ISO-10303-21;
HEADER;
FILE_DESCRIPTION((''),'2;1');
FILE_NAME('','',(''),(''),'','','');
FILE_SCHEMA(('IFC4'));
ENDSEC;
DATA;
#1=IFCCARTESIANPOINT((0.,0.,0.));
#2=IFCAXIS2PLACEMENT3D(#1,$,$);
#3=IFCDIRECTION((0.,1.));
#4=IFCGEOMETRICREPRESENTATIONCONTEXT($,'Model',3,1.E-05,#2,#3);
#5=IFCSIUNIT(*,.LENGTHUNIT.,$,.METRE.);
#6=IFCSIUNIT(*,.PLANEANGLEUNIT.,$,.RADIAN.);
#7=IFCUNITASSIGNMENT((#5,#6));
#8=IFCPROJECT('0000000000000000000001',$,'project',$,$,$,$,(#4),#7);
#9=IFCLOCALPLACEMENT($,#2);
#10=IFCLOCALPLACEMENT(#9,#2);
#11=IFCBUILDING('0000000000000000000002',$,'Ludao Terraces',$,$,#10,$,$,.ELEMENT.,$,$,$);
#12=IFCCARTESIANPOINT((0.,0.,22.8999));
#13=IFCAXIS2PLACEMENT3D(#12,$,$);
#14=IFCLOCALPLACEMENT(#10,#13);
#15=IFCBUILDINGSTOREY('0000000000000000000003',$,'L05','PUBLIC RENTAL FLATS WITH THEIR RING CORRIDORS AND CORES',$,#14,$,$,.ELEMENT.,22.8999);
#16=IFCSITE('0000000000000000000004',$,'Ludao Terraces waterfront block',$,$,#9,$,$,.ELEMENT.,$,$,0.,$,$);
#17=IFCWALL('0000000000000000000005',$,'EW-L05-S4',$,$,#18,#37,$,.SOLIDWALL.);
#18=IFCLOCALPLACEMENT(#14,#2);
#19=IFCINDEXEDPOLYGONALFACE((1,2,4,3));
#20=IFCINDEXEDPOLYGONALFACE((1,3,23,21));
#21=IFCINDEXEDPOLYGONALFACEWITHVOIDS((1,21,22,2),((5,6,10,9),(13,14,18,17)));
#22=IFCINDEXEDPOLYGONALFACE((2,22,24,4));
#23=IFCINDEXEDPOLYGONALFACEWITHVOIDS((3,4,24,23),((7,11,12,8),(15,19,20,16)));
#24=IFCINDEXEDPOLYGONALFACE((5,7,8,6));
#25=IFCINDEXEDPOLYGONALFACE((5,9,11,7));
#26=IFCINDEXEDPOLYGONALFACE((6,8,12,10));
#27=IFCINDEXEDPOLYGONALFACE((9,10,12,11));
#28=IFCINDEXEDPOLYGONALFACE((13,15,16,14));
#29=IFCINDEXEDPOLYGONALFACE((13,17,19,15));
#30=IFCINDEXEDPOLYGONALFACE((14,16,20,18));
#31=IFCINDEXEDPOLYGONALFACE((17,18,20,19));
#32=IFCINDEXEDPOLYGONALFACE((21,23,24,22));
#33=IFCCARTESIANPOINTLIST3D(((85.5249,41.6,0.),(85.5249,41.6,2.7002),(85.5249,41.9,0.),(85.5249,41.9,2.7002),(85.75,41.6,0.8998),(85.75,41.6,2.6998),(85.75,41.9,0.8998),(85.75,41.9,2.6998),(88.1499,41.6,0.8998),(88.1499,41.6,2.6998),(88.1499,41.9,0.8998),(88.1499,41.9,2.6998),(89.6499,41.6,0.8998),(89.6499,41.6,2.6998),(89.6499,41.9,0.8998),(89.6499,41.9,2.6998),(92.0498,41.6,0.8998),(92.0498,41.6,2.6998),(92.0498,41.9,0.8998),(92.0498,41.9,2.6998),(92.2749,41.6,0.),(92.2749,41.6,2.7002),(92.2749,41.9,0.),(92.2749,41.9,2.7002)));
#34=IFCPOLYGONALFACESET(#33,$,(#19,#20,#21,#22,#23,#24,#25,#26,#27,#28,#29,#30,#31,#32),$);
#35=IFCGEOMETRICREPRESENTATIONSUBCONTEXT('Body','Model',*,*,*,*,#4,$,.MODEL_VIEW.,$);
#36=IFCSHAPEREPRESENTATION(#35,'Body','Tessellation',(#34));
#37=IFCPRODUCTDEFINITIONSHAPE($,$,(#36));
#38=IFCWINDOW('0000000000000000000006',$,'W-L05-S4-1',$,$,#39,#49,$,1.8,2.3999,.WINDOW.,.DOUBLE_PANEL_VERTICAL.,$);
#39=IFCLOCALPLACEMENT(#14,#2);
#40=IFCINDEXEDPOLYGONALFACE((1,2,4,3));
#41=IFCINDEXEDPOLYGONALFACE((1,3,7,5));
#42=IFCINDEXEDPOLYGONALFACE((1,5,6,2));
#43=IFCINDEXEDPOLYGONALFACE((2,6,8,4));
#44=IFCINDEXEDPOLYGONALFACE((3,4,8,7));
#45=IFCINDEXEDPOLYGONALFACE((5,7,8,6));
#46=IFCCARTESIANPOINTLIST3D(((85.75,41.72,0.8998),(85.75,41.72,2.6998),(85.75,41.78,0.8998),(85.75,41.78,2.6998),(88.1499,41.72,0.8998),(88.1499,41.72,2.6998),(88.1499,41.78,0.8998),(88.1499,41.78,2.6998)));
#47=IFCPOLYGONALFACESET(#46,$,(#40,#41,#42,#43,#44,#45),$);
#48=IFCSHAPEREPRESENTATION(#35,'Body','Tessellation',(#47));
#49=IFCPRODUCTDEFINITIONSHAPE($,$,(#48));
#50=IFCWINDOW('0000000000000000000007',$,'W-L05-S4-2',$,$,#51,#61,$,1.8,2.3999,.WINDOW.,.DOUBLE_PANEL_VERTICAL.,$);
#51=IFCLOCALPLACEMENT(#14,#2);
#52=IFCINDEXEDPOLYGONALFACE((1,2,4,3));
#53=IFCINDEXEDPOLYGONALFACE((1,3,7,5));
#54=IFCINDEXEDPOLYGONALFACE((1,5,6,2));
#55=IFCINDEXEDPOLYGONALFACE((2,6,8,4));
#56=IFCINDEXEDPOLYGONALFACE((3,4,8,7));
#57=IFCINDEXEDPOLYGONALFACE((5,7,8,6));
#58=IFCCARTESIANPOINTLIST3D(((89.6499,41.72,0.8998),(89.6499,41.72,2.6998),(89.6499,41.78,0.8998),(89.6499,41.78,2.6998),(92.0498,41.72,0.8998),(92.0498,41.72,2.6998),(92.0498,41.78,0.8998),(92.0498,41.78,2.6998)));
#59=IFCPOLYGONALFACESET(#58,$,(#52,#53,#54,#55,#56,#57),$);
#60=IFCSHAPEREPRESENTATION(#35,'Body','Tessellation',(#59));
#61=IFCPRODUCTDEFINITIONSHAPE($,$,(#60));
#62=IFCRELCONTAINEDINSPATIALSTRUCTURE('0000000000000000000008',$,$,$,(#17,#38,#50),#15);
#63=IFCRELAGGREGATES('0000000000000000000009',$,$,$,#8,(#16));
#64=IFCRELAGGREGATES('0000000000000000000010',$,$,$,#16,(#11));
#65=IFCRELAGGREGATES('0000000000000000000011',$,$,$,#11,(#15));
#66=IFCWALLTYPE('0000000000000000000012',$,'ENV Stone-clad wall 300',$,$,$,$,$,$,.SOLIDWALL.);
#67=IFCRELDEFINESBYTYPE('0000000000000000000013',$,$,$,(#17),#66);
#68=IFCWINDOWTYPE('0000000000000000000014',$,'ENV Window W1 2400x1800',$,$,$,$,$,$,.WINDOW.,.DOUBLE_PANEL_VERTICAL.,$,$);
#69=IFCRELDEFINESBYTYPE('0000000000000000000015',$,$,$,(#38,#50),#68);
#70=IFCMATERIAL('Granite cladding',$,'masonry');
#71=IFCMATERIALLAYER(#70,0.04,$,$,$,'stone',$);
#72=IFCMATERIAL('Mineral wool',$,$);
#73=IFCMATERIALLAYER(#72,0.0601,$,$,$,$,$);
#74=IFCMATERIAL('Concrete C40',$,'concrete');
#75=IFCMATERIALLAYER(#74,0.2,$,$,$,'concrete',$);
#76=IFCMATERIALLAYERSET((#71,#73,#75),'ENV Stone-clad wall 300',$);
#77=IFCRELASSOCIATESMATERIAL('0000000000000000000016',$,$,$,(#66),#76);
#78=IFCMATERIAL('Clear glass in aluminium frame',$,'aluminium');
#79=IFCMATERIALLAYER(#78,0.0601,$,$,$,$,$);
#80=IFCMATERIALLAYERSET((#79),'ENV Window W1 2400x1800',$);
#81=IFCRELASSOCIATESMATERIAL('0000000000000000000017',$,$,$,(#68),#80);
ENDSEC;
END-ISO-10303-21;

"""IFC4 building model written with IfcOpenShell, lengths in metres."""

from ifc_helpers import new_model, si_unit, direction, frame, frame_2d, origin, place, context, subcontext, project, spatial, rectangle, extrude, material, layer, layer_set, type_object, element, fill, save


model = new_model("IFC4")

# Units and contexts
model_context = context("Model", 3, precision=1e-05, world=origin(), true_north=direction((0.0, 1.0)))
body_context = subcontext(model_context, "Body", "Model", "MODEL_VIEW")
ifc_project = project(units=[si_unit("LENGTHUNIT", "METRE"), si_unit("PLANEANGLEUNIT", "RADIAN")], contexts=[model_context])

# Site, building, storey
site_placement = place(None, origin())
site = spatial("IfcSite", under=ifc_project, at=site_placement, Name="Ludao Terraces waterfront block", CompositionType="ELEMENT", RefElevation=0.0)
building_placement = place(site_placement, origin())
building = spatial("IfcBuilding", under=site, at=building_placement, Name="Ludao Terraces", CompositionType="ELEMENT")
storey_placement = place(building_placement, frame((0.0, 0.0, 22.8999)))
storey = spatial("IfcBuildingStorey", under=building, at=storey_placement, Name="L05", Description="PUBLIC RENTAL FLATS WITH THEIR RING CORRIDORS AND CORES", CompositionType="ELEMENT", Elevation=22.8999)

# Shared definitions
ifc_material_1 = material(Name="Concrete C40", Category="concrete")

# Wall, openings, windows
ifc_material_2 = material(Name="Granite cladding", Category="masonry")
ifc_layer_1 = layer(ifc_material_2, 0.04, Category="stone")
ifc_material_3 = material(Name="Mineral wool")
ifc_layer_2 = layer(ifc_material_3, 0.0601)
ifc_layer_3 = layer(ifc_material_1, 0.2, Category="concrete")
ifc_layer_set_1 = layer_set([ifc_layer_1, ifc_layer_2, ifc_layer_3], Name="ENV Stone-clad wall 300")
wall_type_1 = type_object("IfcWallType", Name="ENV Stone-clad wall 300", PredefinedType="SOLIDWALL", material=ifc_layer_set_1)
wall_1_placement = place(storey_placement, frame((85.5249, 41.75, 0.0), z_axis=(0.0, 0.0, 1.0), x_axis=(1.0, 0.0, 0.0)))
wall_1 = element("IfcWall", 1, at=wall_1_placement, inside=storey, type_object=wall_type_1, Name="EW-L05-S4", PredefinedType="SOLIDWALL", context=body_context, shape_type="SweptSolid", body=[
    extrude(rectangle(XDim=6.75, YDim=0.3, at=frame_2d((3.375, 0.0))), origin(), (0.0, 0.0, 1.0), 2.7002),
])
opening_1_placement = place(wall_1_placement, frame((0.2251, 0.0, 0.8999)))
opening_1 = element("IfcOpeningElement", 2, at=opening_1_placement, cuts=wall_1, PredefinedType="OPENING", context=body_context, shape_type="SweptSolid", body=[
    extrude(rectangle(XDim=2.3999, YDim=1.8, at=frame_2d((1.2, 0.8999))), frame((0.0, 0.1602, 0.0), z_axis=(0.0, -1.0, 0.0), x_axis=(1.0, 0.0, 0.0)), (0.0, 0.0, 1.0), 0.3201),
])
opening_2_placement = place(wall_1_placement, frame((4.125, 0.0, 0.8999)))
opening_2 = element("IfcOpeningElement", 3, at=opening_2_placement, cuts=wall_1, PredefinedType="OPENING", context=body_context, shape_type="SweptSolid", body=[
    extrude(rectangle(XDim=2.3999, YDim=1.8, at=frame_2d((1.2, 0.8999))), frame((0.0, 0.1602, 0.0), z_axis=(0.0, -1.0, 0.0), x_axis=(1.0, 0.0, 0.0)), (0.0, 0.0, 1.0), 0.3201),
])
ifc_material_4 = material(Name="Clear glass in aluminium frame", Category="aluminium")
ifc_layer_4 = layer(ifc_material_4, 0.0601)
ifc_layer_set_2 = layer_set([ifc_layer_4], Name="ENV Window W1 2400x1800")
window_type = type_object("IfcWindowType", Name="ENV Window W1 2400x1800", PartitioningType="DOUBLE_PANEL_VERTICAL", PredefinedType="WINDOW", material=ifc_layer_set_2)
window_1_placement = place(opening_1_placement, origin())
window_1 = element("IfcWindow", 4, at=window_1_placement, inside=storey, type_object=window_type, Name="W-L05-S4-1", OverallHeight=1.8, OverallWidth=2.3999, PartitioningType="DOUBLE_PANEL_VERTICAL", PredefinedType="WINDOW", context=body_context, shape_type="SweptSolid", body=[
    extrude(rectangle(XDim=2.3999, YDim=1.8, at=frame_2d((1.2, 0.8999))), frame((0.0, 0.03, 0.0), z_axis=(0.0, -1.0, 0.0), x_axis=(1.0, 0.0, 0.0)), (0.0, 0.0, 1.0), 0.0601),
])
fill(opening_1, window_1)
window_2_placement = place(opening_2_placement, origin())
window_2 = element("IfcWindow", 5, at=window_2_placement, inside=storey, type_object=window_type, Name="W-L05-S4-2", OverallHeight=1.8, OverallWidth=2.3999, PartitioningType="DOUBLE_PANEL_VERTICAL", PredefinedType="WINDOW", context=body_context, shape_type="SweptSolid", body=[
    extrude(rectangle(XDim=2.3999, YDim=1.8, at=frame_2d((1.2, 0.8999))), frame((0.0, 0.03, 0.0), z_axis=(0.0, -1.0, 0.0), x_axis=(1.0, 0.0, 0.0)), (0.0, 0.0, 1.0), 0.0601),
])
fill(opening_2, window_2)

save(model, "model.ifc")
